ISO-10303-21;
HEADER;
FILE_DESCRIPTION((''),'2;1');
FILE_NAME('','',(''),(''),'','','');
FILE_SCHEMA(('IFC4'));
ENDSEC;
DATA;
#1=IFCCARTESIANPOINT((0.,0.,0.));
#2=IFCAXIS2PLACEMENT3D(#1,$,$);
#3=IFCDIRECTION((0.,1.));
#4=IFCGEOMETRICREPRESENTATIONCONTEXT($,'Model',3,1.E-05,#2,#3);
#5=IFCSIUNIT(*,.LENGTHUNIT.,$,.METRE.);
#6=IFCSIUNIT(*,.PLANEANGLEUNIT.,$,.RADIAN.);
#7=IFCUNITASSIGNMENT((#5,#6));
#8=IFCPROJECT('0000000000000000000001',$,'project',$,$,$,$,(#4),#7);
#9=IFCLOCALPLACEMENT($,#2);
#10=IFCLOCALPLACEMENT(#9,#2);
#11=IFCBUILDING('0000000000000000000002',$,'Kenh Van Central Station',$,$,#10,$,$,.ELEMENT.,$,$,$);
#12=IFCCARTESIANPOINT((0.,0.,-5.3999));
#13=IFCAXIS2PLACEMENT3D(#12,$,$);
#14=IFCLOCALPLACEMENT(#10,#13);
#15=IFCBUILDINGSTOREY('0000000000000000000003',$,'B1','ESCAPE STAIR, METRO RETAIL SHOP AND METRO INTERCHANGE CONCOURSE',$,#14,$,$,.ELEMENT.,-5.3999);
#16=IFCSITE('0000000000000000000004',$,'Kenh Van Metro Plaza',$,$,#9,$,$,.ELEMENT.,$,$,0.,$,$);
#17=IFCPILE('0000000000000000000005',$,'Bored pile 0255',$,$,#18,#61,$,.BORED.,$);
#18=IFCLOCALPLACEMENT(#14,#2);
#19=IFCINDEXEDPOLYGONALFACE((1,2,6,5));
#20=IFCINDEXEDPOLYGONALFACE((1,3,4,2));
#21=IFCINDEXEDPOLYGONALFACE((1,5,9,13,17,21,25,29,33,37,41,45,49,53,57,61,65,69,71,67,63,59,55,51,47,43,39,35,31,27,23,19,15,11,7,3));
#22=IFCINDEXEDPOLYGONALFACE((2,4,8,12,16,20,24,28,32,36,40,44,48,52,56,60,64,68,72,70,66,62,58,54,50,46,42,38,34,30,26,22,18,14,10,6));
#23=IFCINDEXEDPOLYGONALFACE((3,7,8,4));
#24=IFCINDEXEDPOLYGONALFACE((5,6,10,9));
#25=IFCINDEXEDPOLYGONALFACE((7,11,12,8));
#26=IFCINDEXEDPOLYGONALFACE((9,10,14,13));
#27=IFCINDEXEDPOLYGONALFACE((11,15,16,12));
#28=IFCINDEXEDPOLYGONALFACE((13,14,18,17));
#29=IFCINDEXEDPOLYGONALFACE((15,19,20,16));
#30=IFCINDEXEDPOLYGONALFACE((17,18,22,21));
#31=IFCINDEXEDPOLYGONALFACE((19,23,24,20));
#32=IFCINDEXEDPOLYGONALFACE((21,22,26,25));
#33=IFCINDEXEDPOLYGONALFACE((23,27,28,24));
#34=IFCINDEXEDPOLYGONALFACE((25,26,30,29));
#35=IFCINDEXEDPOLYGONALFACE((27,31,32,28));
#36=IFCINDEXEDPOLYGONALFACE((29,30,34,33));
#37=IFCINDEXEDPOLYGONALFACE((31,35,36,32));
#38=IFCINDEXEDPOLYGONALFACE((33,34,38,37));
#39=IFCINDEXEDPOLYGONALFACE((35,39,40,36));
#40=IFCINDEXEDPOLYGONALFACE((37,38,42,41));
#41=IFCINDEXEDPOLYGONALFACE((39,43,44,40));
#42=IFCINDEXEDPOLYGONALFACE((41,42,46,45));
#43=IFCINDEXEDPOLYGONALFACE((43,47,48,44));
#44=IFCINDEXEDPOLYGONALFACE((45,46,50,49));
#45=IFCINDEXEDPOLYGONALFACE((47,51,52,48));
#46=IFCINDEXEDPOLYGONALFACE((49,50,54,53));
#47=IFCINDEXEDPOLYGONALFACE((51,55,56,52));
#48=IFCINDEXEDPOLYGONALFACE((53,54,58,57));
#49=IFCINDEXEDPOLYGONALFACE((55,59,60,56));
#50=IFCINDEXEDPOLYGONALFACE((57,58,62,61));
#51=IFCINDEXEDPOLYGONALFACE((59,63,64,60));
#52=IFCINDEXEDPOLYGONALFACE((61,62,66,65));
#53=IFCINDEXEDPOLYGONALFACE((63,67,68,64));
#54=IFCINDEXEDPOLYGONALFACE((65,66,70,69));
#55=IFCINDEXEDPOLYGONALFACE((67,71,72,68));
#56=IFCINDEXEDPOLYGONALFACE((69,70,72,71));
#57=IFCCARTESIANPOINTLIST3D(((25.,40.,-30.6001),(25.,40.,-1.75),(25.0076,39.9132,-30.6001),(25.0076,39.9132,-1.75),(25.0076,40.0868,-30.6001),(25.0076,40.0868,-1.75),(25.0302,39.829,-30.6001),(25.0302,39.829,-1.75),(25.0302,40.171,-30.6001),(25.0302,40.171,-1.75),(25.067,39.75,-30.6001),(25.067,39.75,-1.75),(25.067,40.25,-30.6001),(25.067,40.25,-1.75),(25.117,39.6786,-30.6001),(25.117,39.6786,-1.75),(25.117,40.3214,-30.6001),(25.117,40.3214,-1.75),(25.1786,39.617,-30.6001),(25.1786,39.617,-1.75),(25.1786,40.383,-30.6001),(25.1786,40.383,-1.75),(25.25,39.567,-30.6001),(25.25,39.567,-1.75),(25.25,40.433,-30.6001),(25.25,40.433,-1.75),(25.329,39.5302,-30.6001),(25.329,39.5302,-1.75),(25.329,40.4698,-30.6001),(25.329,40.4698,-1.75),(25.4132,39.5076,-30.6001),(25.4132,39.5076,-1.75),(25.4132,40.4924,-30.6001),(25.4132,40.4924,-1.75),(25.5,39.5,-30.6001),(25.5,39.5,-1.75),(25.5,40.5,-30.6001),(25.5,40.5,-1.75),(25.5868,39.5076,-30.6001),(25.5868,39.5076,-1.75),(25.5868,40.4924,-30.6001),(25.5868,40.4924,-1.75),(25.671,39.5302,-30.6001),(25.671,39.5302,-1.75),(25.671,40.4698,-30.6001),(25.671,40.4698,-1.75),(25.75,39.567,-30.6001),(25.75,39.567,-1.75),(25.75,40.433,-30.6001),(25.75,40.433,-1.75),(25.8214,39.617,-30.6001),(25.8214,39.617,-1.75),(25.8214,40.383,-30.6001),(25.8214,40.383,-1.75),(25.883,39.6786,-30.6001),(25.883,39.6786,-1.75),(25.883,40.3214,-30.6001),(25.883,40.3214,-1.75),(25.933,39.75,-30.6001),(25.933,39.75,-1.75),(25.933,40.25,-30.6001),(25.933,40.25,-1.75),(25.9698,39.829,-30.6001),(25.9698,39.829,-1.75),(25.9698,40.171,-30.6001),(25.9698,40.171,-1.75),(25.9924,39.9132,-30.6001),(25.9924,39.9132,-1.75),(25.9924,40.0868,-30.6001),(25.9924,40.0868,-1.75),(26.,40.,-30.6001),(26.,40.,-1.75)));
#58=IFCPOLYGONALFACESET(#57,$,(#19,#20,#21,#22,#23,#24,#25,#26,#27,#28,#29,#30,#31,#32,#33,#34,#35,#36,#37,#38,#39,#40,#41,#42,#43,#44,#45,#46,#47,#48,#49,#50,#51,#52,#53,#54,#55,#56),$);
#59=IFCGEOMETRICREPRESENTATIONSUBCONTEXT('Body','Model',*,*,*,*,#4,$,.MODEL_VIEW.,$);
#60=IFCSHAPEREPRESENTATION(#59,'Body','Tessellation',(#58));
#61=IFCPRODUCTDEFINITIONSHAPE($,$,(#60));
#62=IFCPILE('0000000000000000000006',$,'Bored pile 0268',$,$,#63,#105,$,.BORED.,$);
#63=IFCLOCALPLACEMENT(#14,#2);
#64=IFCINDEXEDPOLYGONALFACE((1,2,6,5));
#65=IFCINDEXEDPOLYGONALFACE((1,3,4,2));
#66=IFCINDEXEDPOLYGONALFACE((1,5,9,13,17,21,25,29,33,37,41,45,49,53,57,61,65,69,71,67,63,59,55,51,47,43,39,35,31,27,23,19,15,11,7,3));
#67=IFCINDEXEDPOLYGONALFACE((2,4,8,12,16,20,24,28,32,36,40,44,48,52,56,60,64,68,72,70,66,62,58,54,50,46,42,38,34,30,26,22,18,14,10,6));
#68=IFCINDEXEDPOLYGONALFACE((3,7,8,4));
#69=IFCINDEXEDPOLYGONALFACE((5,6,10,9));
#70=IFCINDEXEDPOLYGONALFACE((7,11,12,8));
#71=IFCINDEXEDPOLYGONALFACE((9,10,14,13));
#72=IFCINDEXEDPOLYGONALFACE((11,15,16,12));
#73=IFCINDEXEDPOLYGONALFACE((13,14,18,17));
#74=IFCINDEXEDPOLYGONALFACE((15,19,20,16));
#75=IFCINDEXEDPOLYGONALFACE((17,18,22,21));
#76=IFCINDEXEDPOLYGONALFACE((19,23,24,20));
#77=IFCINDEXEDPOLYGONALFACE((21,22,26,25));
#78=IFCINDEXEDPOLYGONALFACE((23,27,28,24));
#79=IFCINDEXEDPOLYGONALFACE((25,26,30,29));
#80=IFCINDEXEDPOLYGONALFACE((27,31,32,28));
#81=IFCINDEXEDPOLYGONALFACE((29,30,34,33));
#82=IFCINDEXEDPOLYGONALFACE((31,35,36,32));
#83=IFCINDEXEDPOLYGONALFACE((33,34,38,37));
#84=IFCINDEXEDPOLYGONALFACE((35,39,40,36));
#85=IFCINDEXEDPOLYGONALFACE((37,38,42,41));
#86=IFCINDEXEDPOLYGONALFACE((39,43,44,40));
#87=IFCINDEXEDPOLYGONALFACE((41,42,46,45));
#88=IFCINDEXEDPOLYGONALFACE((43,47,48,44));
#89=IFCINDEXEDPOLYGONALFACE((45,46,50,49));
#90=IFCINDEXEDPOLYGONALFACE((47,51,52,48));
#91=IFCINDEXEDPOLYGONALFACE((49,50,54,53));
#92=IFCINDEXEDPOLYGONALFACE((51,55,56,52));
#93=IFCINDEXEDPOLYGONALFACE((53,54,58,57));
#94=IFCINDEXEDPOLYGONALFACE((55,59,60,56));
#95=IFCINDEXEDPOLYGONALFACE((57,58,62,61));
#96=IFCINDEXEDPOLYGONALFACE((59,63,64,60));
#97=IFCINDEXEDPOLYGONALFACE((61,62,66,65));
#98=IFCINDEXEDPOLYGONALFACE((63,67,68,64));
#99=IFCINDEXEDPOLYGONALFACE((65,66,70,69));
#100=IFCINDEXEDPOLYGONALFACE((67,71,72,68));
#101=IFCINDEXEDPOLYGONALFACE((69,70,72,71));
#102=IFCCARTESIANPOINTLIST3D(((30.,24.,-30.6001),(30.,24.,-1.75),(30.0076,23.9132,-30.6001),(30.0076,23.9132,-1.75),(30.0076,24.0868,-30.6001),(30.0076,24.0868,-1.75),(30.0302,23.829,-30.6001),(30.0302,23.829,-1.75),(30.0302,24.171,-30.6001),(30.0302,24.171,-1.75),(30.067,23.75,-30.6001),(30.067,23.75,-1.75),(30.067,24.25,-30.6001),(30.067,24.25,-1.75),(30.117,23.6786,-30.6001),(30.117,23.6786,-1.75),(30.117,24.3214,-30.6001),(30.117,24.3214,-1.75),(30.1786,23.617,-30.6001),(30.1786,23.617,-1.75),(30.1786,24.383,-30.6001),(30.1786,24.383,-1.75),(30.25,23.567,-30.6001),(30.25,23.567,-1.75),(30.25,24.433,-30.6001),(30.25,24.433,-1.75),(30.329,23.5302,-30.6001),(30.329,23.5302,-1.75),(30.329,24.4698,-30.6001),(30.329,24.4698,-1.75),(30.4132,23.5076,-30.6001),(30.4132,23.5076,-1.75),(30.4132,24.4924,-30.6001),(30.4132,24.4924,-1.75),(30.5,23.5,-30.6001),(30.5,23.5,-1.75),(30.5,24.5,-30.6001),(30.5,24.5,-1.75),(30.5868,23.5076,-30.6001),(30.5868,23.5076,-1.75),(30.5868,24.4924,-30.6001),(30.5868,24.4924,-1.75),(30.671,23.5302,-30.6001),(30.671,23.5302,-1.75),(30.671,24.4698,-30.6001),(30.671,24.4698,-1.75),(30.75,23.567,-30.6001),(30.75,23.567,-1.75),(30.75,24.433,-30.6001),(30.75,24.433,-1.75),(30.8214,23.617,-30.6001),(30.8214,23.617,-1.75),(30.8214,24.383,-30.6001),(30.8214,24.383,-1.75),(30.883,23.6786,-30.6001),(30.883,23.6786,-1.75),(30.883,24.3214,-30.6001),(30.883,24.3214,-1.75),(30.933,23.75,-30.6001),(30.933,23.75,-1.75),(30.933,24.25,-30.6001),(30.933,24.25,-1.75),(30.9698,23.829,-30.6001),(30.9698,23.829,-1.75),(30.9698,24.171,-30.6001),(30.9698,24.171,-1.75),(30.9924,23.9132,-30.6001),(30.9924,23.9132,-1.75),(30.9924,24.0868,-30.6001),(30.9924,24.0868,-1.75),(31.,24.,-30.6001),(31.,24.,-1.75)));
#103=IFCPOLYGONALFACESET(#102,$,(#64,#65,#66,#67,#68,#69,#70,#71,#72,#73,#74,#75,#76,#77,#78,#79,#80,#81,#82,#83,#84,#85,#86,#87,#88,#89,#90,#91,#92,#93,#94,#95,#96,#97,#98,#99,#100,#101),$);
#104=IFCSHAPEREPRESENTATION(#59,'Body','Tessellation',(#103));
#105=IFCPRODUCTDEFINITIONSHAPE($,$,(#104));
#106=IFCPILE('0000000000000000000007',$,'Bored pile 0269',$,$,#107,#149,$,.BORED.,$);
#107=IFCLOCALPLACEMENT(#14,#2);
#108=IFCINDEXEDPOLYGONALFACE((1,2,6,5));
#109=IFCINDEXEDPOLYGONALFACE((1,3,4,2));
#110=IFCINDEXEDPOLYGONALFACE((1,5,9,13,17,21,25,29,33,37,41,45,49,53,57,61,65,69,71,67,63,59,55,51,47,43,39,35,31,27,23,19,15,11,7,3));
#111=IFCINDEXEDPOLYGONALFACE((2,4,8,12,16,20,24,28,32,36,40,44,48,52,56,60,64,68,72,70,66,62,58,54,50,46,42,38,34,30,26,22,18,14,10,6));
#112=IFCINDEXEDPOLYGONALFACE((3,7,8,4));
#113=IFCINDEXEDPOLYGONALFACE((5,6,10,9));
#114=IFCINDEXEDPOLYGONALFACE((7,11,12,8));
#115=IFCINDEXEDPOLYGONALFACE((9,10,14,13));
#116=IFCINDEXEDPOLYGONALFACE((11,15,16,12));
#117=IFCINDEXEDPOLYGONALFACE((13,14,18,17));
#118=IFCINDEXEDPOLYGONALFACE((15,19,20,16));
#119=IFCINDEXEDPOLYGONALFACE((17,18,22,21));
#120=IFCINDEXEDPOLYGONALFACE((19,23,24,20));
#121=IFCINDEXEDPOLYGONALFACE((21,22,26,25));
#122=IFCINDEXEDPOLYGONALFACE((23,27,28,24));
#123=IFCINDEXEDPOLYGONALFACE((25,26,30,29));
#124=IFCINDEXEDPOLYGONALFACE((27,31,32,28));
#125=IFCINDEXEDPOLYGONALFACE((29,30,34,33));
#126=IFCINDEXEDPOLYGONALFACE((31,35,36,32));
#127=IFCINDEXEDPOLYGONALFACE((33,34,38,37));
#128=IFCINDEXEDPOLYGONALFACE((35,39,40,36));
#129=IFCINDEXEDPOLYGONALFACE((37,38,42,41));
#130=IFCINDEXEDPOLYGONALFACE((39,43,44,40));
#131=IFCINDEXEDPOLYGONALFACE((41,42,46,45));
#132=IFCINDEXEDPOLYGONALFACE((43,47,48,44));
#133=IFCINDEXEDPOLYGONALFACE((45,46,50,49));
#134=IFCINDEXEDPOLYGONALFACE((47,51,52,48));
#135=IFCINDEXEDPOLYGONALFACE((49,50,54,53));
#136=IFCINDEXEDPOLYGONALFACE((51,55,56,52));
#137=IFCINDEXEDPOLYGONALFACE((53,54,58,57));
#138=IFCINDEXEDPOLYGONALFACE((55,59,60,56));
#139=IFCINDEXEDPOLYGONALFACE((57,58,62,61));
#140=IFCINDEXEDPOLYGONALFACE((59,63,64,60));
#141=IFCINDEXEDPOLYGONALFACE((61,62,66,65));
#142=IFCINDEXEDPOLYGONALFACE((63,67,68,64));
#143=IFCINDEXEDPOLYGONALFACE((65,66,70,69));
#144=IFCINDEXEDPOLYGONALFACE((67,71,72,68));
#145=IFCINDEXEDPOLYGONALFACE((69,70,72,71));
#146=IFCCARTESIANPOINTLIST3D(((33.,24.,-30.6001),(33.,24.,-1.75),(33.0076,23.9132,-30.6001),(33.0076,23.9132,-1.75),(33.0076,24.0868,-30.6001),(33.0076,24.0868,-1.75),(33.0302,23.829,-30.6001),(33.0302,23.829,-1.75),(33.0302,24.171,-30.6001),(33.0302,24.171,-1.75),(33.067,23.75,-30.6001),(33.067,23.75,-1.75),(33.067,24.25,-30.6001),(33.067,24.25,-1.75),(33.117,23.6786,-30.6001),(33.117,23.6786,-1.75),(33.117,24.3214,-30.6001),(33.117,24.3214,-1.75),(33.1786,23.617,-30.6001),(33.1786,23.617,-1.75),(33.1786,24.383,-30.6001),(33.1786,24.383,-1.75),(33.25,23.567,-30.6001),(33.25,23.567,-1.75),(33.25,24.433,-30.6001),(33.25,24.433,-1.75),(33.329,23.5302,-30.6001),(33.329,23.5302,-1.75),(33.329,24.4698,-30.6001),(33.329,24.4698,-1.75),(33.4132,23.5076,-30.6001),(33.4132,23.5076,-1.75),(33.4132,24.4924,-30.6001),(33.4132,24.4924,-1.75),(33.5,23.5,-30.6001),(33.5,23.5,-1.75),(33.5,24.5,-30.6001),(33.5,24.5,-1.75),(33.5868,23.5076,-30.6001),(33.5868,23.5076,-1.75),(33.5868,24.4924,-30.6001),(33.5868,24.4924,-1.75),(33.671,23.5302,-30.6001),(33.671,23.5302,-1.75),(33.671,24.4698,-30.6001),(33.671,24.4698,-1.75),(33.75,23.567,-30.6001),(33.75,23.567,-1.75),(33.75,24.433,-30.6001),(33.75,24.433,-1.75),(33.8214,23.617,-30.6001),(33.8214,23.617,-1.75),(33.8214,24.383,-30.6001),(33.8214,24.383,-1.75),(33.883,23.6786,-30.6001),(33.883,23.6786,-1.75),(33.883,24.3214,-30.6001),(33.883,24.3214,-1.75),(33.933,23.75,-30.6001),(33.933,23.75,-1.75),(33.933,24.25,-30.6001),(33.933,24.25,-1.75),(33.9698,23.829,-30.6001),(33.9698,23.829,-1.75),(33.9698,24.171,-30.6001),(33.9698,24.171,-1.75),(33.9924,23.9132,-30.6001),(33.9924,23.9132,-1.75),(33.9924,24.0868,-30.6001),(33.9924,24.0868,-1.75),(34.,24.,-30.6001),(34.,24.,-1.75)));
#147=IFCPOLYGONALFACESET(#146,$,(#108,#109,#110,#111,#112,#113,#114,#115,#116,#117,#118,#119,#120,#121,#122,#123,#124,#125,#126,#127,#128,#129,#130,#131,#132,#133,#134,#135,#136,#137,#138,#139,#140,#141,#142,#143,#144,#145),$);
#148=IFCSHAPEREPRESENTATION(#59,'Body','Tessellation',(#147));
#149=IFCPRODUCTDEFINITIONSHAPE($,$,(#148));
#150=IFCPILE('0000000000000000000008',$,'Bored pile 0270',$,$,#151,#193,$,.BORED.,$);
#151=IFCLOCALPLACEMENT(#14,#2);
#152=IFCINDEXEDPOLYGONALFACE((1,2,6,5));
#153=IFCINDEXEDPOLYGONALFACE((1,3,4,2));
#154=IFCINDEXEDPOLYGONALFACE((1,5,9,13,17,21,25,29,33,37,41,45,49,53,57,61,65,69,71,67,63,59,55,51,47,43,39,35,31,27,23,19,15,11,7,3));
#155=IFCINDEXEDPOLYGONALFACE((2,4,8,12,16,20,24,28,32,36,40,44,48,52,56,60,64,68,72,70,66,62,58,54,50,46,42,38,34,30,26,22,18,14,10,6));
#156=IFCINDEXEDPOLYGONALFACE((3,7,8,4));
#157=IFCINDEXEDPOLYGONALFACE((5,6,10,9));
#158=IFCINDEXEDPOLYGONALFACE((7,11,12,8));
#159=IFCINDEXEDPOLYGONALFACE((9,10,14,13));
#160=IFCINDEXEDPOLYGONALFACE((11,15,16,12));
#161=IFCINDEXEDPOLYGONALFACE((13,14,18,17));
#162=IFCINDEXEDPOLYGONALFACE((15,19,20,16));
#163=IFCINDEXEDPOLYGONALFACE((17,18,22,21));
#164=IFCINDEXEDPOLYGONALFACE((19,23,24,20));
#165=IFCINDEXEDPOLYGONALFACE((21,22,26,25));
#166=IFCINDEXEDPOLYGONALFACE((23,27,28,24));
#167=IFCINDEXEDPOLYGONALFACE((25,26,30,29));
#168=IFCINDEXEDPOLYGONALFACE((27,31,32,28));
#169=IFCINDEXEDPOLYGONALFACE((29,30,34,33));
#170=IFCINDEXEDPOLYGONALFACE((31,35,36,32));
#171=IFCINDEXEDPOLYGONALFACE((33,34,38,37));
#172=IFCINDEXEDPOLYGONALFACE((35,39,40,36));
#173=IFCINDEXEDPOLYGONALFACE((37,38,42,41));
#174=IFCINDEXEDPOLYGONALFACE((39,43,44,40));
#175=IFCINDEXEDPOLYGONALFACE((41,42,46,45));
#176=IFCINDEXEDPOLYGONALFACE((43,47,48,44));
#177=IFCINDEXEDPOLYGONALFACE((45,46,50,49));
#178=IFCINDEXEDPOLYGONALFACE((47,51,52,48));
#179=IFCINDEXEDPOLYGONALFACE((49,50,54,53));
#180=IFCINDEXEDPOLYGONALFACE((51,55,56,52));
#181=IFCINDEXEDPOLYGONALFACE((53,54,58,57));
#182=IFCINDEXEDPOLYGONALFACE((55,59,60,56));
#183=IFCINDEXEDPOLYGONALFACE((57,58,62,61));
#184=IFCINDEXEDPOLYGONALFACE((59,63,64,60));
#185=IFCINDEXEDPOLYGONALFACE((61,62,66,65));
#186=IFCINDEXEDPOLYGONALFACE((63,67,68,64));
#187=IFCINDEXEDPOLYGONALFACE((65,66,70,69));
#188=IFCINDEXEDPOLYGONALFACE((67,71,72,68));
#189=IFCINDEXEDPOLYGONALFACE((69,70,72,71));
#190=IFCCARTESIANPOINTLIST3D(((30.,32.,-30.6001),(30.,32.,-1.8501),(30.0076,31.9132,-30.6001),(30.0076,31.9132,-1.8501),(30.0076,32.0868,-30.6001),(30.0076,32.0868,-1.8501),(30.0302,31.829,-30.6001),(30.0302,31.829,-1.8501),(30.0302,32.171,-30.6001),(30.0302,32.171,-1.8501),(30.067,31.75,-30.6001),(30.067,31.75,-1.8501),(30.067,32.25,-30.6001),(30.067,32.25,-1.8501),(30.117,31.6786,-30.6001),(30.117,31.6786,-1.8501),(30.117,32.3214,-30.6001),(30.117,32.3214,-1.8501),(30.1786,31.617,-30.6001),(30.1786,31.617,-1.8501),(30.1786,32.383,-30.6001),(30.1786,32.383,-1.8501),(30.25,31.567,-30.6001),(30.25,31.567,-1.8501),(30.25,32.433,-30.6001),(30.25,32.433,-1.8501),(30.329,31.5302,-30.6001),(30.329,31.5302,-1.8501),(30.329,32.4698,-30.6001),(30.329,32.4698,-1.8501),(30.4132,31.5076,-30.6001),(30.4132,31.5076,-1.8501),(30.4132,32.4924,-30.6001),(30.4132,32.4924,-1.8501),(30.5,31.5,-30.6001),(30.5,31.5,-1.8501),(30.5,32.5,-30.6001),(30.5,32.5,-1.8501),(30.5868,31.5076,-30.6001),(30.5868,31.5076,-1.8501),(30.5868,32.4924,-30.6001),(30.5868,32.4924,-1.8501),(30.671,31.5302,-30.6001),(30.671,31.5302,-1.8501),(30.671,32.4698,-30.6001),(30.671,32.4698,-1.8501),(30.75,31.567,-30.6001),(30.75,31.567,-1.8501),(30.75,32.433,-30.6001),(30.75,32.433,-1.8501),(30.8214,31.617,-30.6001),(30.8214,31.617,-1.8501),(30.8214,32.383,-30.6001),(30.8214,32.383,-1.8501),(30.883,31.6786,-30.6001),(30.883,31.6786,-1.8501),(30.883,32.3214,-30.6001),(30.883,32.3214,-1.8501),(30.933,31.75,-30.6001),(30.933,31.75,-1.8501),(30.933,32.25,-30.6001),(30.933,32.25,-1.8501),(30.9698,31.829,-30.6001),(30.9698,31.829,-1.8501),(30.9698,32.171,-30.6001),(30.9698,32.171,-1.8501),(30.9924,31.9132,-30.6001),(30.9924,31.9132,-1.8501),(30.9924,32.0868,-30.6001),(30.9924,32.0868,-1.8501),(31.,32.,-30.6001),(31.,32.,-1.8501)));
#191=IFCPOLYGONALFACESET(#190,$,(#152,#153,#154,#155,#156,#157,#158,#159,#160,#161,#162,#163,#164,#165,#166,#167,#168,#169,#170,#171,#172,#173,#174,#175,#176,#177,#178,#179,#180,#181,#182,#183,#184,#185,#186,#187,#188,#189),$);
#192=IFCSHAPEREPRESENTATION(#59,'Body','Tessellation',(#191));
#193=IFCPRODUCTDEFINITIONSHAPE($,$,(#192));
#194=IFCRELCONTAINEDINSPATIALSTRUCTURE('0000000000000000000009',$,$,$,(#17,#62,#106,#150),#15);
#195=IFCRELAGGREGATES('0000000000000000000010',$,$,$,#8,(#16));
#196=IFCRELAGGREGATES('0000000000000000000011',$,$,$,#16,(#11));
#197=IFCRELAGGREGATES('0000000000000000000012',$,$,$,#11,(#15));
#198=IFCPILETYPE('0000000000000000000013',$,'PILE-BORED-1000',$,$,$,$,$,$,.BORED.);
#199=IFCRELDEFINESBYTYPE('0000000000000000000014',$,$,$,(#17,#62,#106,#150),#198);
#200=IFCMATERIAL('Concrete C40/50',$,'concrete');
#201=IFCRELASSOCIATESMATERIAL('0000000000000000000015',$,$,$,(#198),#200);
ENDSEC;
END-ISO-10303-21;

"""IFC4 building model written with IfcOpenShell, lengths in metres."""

from ifc_helpers import new_model, si_unit, direction, frame, origin, origin_2d, place, context, subcontext, project, spatial, circle, extrude, material, material_profile, profile_set, type_object, element, save


model = new_model("IFC4")

# Units and contexts
model_context = context("Model", 3, precision=1e-05, world=origin(), true_north=direction((0.0, 1.0)))
body_context = subcontext(model_context, "Body", "Model", "MODEL_VIEW")
ifc_project = project(units=[si_unit("LENGTHUNIT", "METRE"), si_unit("PLANEANGLEUNIT", "RADIAN")], contexts=[model_context])

# Site, building, storey
site_placement = place(None, origin())
site = spatial("IfcSite", under=ifc_project, at=site_placement, Name="Kenh Van Metro Plaza", CompositionType="ELEMENT", RefElevation=0.0)
building_placement = place(site_placement, origin())
building = spatial("IfcBuilding", under=site, at=building_placement, Name="Kenh Van Central Station", CompositionType="ELEMENT")
storey_placement = place(building_placement, frame((0.0, 0.0, -5.3999)))
storey = spatial("IfcBuildingStorey", under=building, at=storey_placement, Name="B1", Description="ESCAPE STAIR, METRO RETAIL SHOP AND METRO INTERCHANGE CONCOURSE", CompositionType="ELEMENT", Elevation=-5.3999)

# Shared definitions
ifc_material_1 = material(Name="Concrete C40/50", Category="concrete")

# Piles
ifc_material_profile_1 = material_profile(ifc_material_1, circle(Radius=0.5, at=origin_2d()), Name="PILE D1000")
ifc_profile_set_1 = profile_set([ifc_material_profile_1], Name="Concrete C40/50")
pile_type = type_object("IfcPileType", Name="PILE-BORED-1000", PredefinedType="BORED", material=ifc_profile_set_1)
for number, where, z_axis, x_axis, name in (
    (1, (25.5, 40.0, -1.75), (0.0, 0.0, -1.0), (1.0, 0.0, 0.0), "Bored pile 0255"),
    (2, (30.5, 24.0, -1.75), (0.0, 0.0, -1.0), (1.0, 0.0, 0.0), "Bored pile 0268"),
    (3, (33.5, 24.0, -1.75), (0.0, 0.0, -1.0), (1.0, 0.0, 0.0), "Bored pile 0269"),
):
    element("IfcPile", number, at=place(storey_placement, frame(where, z_axis=z_axis, x_axis=x_axis)), inside=storey, type_object=pile_type, Name=name, PredefinedType="BORED", context=body_context, shape_type="SweptSolid", body=[
        extrude(circle(Radius=0.5, at=origin_2d()), origin(), (0.0, 0.0, 1.0), 28.8501),
    ])
for number, where, z_axis, x_axis, name in (
    (4, (30.5, 32.0, -1.8501), (0.0, 0.0, -1.0), (1.0, 0.0, 0.0), "Bored pile 0270"),
):
    element("IfcPile", number, at=place(storey_placement, frame(where, z_axis=z_axis, x_axis=x_axis)), inside=storey, type_object=pile_type, Name=name, PredefinedType="BORED", context=body_context, shape_type="SweptSolid", body=[
        extrude(circle(Radius=0.5, at=origin_2d()), origin(), (0.0, 0.0, 1.0), 28.75),
    ])

save(model, "model.ifc")
